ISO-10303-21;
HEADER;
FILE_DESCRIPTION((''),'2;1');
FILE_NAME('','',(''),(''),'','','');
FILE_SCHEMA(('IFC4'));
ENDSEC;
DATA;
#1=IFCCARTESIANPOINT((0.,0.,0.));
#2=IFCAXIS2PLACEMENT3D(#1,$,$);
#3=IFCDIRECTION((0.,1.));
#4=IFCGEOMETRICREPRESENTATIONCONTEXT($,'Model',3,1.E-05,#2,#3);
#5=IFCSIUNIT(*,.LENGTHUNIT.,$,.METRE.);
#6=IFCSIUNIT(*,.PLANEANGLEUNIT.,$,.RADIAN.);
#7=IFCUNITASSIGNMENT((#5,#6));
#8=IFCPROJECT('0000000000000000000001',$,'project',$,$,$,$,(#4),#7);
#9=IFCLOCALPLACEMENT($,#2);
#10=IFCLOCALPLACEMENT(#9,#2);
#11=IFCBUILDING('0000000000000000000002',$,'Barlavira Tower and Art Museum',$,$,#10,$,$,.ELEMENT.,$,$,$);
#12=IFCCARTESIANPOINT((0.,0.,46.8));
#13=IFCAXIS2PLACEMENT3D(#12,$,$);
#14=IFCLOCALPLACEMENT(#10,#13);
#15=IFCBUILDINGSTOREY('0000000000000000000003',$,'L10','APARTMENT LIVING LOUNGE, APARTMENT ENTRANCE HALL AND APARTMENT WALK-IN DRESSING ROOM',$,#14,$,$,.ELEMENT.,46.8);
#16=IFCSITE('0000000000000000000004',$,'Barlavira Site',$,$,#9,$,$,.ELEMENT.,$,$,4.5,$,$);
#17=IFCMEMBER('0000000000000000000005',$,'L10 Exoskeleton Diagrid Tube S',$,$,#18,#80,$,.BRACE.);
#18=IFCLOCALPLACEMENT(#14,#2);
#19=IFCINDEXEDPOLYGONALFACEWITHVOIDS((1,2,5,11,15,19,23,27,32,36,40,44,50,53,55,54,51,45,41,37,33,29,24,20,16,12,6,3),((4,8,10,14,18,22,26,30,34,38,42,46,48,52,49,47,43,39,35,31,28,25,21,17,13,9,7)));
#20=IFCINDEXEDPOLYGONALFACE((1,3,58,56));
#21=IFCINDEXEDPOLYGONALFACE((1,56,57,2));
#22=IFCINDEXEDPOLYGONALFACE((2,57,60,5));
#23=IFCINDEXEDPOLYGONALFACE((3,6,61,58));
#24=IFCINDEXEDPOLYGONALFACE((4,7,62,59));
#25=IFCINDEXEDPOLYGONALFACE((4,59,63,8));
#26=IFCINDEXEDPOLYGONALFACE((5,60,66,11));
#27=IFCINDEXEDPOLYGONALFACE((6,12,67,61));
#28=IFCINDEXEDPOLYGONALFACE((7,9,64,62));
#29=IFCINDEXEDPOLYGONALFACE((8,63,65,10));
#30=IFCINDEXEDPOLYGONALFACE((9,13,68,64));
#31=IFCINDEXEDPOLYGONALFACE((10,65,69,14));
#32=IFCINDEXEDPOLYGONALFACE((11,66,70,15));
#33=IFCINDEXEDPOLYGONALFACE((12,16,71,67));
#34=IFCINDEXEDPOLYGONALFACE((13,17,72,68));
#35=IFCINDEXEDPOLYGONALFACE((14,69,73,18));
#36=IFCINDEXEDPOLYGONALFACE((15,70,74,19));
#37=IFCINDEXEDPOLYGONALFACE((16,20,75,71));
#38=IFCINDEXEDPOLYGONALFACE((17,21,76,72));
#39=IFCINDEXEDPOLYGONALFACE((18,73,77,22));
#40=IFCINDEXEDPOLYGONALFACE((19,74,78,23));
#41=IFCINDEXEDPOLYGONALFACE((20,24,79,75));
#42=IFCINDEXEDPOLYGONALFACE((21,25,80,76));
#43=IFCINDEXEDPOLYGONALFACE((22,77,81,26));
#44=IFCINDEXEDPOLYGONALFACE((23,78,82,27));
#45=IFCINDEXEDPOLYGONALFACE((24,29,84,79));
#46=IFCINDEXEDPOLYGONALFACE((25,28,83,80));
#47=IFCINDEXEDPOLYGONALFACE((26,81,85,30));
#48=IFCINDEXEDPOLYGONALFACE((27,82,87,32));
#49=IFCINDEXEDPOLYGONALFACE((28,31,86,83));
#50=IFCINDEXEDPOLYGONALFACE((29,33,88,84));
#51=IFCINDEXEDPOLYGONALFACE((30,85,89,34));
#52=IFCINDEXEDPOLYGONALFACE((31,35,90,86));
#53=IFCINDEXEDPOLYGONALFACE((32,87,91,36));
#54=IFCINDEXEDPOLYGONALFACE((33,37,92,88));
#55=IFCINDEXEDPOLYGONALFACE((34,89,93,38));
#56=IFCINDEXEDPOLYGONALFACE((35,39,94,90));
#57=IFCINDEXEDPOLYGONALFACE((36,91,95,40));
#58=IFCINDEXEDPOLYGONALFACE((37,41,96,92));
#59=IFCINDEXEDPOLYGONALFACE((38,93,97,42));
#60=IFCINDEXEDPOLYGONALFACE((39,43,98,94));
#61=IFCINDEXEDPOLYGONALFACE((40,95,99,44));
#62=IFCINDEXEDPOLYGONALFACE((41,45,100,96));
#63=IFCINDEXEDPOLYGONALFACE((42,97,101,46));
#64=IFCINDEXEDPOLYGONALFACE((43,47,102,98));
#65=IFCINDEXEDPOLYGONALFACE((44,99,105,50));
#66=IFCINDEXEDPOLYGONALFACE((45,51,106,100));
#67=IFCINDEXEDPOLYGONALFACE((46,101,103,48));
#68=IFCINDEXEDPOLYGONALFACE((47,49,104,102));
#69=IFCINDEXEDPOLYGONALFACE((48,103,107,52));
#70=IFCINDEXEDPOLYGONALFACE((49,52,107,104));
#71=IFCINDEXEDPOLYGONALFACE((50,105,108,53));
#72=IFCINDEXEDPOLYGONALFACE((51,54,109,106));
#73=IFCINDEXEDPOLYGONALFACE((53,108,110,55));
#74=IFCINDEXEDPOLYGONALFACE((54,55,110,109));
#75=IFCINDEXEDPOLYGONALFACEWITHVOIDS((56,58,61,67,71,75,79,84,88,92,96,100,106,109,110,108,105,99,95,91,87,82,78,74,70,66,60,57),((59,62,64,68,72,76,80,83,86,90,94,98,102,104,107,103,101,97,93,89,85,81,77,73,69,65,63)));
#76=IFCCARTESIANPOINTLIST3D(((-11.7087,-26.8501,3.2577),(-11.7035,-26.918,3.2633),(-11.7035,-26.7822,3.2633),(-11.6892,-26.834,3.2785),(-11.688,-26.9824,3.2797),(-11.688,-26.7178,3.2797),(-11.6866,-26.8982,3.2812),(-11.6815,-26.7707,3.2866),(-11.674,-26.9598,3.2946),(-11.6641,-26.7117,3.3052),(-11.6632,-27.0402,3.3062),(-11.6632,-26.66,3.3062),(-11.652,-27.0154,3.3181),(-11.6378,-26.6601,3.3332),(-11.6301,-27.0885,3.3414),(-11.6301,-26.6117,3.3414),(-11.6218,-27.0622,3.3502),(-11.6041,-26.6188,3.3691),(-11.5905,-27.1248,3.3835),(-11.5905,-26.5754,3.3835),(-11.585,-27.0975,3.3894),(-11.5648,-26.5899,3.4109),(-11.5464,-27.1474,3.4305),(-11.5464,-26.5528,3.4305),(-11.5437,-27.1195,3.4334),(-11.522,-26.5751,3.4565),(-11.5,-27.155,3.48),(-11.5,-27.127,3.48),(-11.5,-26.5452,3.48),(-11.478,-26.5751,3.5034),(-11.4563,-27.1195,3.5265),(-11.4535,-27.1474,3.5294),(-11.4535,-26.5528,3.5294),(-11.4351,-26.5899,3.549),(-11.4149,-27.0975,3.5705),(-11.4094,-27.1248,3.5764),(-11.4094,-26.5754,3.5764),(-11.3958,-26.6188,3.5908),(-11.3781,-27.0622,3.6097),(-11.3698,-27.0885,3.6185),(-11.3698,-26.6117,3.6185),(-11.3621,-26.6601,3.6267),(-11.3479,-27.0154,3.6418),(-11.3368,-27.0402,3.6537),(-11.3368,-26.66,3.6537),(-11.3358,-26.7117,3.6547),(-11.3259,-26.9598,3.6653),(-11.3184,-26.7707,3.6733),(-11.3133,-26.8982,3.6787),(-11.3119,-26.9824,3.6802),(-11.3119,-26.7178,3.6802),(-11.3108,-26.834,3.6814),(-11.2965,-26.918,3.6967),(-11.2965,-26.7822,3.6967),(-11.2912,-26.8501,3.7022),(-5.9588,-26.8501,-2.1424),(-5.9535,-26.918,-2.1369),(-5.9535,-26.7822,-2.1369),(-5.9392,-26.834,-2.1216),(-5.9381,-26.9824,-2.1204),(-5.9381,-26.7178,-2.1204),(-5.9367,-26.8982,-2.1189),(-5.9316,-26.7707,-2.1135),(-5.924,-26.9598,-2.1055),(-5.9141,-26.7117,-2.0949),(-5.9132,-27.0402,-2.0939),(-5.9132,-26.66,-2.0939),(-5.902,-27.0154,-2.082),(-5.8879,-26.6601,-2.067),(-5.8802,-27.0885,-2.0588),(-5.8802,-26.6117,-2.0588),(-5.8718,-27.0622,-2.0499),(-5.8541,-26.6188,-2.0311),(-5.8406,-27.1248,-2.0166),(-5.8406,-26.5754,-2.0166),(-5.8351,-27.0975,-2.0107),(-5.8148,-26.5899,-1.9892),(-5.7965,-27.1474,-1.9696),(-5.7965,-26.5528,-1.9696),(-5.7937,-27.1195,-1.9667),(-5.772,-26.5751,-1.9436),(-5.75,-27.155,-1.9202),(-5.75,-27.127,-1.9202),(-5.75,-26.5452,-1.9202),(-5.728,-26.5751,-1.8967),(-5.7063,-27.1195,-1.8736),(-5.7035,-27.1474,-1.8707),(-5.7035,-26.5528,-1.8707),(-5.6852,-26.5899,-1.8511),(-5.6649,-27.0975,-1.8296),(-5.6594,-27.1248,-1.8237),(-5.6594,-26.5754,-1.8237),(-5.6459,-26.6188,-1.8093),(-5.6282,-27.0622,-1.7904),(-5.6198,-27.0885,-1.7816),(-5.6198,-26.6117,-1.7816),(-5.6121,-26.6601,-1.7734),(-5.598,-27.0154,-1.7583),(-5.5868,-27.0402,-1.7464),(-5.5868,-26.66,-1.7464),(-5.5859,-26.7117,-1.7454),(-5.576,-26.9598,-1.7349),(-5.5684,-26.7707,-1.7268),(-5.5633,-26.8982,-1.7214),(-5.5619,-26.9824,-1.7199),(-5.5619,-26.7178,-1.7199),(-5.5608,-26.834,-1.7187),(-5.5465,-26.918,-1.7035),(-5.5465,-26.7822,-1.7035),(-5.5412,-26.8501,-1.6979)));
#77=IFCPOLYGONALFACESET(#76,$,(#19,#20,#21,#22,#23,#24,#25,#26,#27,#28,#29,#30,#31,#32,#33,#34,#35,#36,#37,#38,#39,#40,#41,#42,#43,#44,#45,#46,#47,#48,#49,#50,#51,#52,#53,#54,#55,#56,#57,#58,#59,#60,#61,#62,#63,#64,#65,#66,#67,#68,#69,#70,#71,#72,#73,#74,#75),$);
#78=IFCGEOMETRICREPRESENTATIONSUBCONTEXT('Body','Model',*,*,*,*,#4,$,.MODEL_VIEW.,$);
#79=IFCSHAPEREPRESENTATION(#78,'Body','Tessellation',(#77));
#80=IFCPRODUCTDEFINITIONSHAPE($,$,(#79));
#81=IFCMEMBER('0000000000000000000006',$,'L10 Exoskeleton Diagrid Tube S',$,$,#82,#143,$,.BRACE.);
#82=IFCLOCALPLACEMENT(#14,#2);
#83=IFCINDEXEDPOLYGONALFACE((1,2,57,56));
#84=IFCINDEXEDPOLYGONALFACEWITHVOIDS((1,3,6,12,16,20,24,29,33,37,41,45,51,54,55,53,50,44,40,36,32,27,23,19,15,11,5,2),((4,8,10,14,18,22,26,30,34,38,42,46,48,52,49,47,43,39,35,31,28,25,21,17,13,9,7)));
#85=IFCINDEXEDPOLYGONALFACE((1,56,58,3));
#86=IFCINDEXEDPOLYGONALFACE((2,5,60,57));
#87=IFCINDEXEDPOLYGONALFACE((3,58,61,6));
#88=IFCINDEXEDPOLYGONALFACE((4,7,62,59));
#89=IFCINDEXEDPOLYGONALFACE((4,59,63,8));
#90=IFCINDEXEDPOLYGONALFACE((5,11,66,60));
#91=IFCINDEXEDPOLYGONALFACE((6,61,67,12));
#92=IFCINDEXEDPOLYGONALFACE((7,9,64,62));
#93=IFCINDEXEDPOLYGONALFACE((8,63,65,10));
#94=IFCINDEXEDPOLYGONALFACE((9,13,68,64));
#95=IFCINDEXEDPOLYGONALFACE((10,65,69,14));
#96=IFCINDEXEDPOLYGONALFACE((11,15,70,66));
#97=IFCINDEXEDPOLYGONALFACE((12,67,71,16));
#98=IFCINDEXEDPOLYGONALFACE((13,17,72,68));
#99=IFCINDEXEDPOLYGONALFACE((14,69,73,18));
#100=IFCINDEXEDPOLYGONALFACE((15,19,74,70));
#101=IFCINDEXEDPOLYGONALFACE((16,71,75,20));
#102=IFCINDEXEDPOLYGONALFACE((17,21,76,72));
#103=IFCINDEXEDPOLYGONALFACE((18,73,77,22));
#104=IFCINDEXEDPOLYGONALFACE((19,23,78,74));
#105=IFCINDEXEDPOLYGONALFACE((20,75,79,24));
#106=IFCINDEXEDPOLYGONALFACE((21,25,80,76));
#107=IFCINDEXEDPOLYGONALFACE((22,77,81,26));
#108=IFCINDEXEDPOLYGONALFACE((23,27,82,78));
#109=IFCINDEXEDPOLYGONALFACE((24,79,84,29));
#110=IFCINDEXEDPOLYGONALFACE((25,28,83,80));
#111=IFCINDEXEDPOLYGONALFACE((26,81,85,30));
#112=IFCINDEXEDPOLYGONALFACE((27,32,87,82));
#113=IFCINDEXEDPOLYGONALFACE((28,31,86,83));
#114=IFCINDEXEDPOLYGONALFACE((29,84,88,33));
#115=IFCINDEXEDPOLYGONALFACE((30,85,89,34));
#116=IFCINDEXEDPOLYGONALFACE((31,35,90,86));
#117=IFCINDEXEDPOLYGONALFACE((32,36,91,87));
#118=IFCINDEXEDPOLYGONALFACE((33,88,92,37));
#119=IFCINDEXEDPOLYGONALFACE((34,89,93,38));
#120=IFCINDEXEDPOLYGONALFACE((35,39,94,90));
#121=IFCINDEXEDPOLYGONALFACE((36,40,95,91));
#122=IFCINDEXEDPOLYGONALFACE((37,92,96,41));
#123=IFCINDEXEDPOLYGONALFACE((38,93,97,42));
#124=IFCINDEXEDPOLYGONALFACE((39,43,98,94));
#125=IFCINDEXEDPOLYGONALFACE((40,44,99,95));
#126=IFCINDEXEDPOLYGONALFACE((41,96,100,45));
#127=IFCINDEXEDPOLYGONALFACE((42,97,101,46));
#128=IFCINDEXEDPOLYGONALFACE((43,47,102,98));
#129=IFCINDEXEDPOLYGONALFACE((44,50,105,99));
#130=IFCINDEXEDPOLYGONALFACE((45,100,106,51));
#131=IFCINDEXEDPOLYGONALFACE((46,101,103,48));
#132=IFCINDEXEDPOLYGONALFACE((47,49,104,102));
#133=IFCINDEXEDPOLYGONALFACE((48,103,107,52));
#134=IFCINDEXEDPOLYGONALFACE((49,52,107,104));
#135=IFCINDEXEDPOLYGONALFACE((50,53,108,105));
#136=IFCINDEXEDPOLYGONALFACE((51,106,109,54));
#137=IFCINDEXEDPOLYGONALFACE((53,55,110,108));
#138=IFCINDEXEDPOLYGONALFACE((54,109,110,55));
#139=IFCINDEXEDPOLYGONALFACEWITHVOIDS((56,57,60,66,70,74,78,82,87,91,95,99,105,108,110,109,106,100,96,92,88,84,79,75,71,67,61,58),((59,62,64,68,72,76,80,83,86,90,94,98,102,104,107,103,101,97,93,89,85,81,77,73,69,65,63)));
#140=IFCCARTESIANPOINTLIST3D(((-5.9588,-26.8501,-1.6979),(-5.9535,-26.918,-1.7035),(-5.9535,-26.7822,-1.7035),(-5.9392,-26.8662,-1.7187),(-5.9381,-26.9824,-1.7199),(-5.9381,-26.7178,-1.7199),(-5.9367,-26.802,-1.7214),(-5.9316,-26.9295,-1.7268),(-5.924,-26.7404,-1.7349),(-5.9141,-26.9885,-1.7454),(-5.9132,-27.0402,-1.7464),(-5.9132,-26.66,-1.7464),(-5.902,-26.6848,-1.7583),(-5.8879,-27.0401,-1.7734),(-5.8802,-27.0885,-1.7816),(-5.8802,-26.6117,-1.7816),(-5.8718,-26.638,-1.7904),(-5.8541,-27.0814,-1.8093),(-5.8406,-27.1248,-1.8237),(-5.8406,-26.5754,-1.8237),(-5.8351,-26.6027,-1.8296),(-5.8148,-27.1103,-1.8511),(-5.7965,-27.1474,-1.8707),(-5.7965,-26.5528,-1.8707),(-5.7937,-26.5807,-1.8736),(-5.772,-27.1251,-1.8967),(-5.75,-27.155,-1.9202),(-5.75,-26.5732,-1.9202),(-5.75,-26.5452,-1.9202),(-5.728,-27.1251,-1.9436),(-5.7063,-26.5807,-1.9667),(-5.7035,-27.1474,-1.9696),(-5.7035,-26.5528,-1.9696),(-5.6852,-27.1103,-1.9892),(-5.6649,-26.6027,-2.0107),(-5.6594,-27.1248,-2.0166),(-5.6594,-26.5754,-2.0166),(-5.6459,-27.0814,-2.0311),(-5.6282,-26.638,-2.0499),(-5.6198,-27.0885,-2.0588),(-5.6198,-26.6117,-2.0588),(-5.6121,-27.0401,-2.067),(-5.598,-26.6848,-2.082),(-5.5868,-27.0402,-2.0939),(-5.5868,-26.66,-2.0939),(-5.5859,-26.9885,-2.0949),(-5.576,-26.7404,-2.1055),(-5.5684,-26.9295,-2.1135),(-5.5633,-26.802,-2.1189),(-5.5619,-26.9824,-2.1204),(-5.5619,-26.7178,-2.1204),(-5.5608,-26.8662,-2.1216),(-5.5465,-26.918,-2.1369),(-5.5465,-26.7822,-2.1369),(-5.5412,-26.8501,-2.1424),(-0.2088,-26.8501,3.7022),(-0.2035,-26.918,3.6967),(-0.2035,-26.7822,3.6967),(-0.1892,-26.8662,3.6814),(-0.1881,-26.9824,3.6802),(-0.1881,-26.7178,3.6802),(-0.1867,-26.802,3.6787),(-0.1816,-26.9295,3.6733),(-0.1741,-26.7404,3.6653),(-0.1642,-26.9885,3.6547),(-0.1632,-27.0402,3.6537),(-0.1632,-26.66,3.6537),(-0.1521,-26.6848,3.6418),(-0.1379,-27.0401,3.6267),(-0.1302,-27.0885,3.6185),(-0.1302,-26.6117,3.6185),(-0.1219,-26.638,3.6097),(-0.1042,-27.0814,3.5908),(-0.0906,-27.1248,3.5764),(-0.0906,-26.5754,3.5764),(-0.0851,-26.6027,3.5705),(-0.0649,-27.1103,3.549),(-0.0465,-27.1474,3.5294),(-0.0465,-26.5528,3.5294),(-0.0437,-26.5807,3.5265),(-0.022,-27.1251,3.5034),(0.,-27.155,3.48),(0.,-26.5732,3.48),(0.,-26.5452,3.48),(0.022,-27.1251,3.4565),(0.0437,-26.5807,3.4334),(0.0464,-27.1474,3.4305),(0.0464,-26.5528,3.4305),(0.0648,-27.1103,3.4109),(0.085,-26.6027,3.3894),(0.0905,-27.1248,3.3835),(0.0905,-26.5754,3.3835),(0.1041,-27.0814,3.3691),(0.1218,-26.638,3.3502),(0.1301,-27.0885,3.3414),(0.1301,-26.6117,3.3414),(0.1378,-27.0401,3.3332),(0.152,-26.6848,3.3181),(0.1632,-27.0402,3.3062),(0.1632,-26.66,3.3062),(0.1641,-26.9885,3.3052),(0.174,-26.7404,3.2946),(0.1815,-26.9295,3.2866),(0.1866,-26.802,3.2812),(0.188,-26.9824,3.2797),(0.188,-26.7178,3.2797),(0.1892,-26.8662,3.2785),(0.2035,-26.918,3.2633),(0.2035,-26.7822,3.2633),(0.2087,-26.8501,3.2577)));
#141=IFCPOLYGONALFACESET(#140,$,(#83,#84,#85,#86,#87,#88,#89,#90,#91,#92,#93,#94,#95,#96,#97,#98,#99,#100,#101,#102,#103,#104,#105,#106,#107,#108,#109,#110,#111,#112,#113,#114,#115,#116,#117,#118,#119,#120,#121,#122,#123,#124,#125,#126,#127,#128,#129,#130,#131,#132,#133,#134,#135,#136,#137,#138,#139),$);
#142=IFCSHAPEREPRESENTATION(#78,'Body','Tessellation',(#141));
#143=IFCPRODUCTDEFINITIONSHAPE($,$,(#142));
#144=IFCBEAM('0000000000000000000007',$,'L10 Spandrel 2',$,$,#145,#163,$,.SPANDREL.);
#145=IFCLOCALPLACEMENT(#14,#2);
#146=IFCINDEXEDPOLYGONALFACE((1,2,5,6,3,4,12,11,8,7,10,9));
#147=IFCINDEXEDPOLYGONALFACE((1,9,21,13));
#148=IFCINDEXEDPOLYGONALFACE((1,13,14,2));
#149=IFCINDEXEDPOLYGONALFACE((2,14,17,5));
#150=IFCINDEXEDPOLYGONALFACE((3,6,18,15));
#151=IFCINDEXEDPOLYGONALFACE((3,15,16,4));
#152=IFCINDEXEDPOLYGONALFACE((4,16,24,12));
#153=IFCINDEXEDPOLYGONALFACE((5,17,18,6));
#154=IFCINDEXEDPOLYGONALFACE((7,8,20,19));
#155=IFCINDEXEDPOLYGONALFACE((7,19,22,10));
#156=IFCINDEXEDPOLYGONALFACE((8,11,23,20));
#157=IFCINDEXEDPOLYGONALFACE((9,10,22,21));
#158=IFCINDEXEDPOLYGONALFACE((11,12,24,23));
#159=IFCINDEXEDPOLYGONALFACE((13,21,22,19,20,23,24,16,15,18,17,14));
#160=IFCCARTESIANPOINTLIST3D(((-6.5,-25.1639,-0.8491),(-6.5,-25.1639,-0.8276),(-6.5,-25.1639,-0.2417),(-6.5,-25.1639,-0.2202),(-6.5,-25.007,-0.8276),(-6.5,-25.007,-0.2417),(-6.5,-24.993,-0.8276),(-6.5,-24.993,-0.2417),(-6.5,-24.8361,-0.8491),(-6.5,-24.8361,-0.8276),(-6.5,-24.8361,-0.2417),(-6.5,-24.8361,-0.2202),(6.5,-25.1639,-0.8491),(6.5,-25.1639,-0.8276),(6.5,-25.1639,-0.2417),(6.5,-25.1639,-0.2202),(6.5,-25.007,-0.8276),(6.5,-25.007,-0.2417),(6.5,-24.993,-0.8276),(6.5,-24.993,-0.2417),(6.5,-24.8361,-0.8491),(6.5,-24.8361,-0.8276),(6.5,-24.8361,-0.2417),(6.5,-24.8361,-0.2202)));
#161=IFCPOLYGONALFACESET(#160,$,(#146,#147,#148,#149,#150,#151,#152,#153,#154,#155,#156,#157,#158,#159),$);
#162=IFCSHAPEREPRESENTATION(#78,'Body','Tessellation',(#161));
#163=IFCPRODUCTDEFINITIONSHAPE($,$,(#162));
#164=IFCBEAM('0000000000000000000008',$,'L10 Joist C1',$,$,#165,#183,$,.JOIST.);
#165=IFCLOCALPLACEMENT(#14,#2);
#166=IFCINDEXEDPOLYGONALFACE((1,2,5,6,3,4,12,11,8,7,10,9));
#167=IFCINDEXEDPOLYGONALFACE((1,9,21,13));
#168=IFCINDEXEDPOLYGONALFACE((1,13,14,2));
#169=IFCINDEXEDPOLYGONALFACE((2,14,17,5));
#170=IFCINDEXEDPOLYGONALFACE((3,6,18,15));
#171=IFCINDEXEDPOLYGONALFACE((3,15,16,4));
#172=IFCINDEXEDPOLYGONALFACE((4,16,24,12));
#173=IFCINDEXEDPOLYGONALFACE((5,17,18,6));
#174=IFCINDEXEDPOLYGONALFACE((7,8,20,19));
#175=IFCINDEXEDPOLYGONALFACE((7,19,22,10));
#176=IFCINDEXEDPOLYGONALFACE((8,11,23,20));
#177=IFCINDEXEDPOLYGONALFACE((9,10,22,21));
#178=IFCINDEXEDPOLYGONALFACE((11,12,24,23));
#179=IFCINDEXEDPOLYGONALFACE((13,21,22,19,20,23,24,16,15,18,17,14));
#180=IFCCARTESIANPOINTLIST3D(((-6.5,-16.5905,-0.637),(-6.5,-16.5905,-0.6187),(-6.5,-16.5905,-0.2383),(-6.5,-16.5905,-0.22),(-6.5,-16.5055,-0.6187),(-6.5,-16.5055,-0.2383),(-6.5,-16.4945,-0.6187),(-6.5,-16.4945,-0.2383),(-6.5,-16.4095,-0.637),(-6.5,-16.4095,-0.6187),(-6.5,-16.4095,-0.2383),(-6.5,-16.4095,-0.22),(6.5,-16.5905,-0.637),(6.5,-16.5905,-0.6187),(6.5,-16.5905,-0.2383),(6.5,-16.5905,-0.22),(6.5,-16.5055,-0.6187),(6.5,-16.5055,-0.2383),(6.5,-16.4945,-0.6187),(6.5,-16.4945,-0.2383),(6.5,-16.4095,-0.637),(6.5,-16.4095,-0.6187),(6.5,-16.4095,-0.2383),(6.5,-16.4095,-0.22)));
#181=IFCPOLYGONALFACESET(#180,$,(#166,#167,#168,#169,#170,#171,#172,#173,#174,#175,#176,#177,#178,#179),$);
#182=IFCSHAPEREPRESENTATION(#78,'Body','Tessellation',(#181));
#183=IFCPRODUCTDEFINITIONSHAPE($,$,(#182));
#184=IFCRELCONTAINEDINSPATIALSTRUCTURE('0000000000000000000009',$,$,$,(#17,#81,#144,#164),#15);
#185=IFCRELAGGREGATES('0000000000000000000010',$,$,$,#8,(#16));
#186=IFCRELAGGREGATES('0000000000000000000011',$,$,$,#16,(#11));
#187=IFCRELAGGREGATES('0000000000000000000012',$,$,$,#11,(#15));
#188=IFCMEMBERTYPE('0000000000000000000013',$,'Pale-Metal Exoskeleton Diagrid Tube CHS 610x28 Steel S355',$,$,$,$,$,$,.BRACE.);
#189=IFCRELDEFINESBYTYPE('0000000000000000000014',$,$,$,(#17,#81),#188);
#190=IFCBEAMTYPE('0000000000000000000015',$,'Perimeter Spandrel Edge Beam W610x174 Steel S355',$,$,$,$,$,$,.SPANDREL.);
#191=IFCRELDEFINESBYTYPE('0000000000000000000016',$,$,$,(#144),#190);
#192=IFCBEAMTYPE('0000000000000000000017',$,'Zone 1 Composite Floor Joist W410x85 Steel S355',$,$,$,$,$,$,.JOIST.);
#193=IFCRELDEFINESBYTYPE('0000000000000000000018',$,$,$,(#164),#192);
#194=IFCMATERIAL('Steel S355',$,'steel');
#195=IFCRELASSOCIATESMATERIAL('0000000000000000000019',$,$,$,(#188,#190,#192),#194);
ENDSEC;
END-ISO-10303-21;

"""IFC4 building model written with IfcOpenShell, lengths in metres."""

from ifc_helpers import new_model, si_unit, direction, frame, origin, origin_2d, place, context, subcontext, project, spatial, hollow_circle, i_section, extrude, material, material_profile, profile_set, type_object, element, save


model = new_model("IFC4")

# Units and contexts
model_context = context("Model", 3, precision=1e-05, world=origin(), true_north=direction((0.0, 1.0)))
body_context = subcontext(model_context, "Body", "Model", "MODEL_VIEW")
ifc_project = project(units=[si_unit("LENGTHUNIT", "METRE"), si_unit("PLANEANGLEUNIT", "RADIAN")], contexts=[model_context])

# Site, building, storey
site_placement = place(None, origin())
site = spatial("IfcSite", under=ifc_project, at=site_placement, Name="Barlavira Site", CompositionType="ELEMENT", RefElevation=4.5)
building_placement = place(site_placement, origin())
building = spatial("IfcBuilding", under=site, at=building_placement, Name="Barlavira Tower and Art Museum", CompositionType="ELEMENT")
storey_placement = place(building_placement, frame((0.0, 0.0, 46.8)))
storey = spatial("IfcBuildingStorey", under=building, at=storey_placement, Name="L10", Description="APARTMENT LIVING LOUNGE, APARTMENT ENTRANCE HALL AND APARTMENT WALK-IN DRESSING ROOM", CompositionType="ELEMENT", Elevation=46.8)

# Members
ifc_material_1 = material(Name="Steel S355", Category="steel")
ifc_material_profile_1 = material_profile(ifc_material_1, hollow_circle(Radius=0.3049, WallThickness=0.0281, at=origin_2d()), Name="CHS 610.0x28.0")
ifc_profile_set_1 = profile_set([ifc_material_profile_1], Name="Steel S355")
member_type_1 = type_object("IfcMemberType", Name="Pale-Metal Exoskeleton Diagrid Tube CHS 610x28 Steel S355", PredefinedType="BRACE", material=ifc_profile_set_1)
for number, where, z_axis, x_axis, name in (
    (1, (-5.75, -26.8501, -1.9202), (-0.728935, 0.0, 0.684583), (0.0, -1.0, 0.0), "L10 Exoskeleton Diagrid Tube S"),
    (2, (-5.75, -26.8501, -1.9202), (0.728935, 0.0, 0.684583), (0.0, 1.0, 0.0), "L10 Exoskeleton Diagrid Tube S"),
):
    element("IfcMember", number, at=place(storey_placement, frame(where, z_axis=z_axis, x_axis=x_axis)), inside=storey, type_object=member_type_1, Name=name, PredefinedType="BRACE", context=body_context, shape_type="SweptSolid", body=[
        extrude(hollow_circle(Radius=0.3049, WallThickness=0.0281, at=origin_2d()), origin(), (0.0, 0.0, 1.0), 7.8882),
    ])

# Beams
ifc_material_profile_2 = material_profile(ifc_material_1, i_section(OverallWidth=0.3279, OverallDepth=0.6289, WebThickness=0.0139, FlangeThickness=0.0215, at=origin_2d()), Name="W610x174.0")
ifc_profile_set_2 = profile_set([ifc_material_profile_2], Name="Steel S355")
beam_type_1 = type_object("IfcBeamType", Name="Perimeter Spandrel Edge Beam W610x174 Steel S355", PredefinedType="SPANDREL", material=ifc_profile_set_2)
beam_1_placement = place(storey_placement, frame((-6.5, -25.0, -0.5347), z_axis=(1.0, 0.0, 0.0), x_axis=(0.0, 1.0, 0.0)))
element("IfcBeam", 3, at=beam_1_placement, inside=storey, type_object=beam_type_1, Name="L10 Spandrel 2", PredefinedType="SPANDREL", context=body_context, shape_type="SweptSolid", body=[
    extrude(i_section(OverallWidth=0.3279, OverallDepth=0.6289, WebThickness=0.0139, FlangeThickness=0.0215, at=origin_2d()), origin(), (0.0, 0.0, 1.0), 13.0),
])
ifc_material_profile_3 = material_profile(ifc_material_1, i_section(OverallWidth=0.1809, OverallDepth=0.417, WebThickness=0.011, FlangeThickness=0.0183, at=origin_2d()), Name="W410x85.0")
ifc_profile_set_3 = profile_set([ifc_material_profile_3], Name="Steel S355")
beam_type_2 = type_object("IfcBeamType", Name="Zone 1 Composite Floor Joist W410x85 Steel S355", PredefinedType="JOIST", material=ifc_profile_set_3)
beam_2_placement = place(storey_placement, frame((-6.5, -16.5, -0.4285), z_axis=(1.0, 0.0, 0.0), x_axis=(0.0, 1.0, 0.0)))
element("IfcBeam", 4, at=beam_2_placement, inside=storey, type_object=beam_type_2, Name="L10 Joist C1", PredefinedType="JOIST", context=body_context, shape_type="SweptSolid", body=[
    extrude(i_section(OverallWidth=0.1809, OverallDepth=0.417, WebThickness=0.011, FlangeThickness=0.0183, at=origin_2d()), origin(), (0.0, 0.0, 1.0), 13.0),
])

save(model, "model.ifc")
